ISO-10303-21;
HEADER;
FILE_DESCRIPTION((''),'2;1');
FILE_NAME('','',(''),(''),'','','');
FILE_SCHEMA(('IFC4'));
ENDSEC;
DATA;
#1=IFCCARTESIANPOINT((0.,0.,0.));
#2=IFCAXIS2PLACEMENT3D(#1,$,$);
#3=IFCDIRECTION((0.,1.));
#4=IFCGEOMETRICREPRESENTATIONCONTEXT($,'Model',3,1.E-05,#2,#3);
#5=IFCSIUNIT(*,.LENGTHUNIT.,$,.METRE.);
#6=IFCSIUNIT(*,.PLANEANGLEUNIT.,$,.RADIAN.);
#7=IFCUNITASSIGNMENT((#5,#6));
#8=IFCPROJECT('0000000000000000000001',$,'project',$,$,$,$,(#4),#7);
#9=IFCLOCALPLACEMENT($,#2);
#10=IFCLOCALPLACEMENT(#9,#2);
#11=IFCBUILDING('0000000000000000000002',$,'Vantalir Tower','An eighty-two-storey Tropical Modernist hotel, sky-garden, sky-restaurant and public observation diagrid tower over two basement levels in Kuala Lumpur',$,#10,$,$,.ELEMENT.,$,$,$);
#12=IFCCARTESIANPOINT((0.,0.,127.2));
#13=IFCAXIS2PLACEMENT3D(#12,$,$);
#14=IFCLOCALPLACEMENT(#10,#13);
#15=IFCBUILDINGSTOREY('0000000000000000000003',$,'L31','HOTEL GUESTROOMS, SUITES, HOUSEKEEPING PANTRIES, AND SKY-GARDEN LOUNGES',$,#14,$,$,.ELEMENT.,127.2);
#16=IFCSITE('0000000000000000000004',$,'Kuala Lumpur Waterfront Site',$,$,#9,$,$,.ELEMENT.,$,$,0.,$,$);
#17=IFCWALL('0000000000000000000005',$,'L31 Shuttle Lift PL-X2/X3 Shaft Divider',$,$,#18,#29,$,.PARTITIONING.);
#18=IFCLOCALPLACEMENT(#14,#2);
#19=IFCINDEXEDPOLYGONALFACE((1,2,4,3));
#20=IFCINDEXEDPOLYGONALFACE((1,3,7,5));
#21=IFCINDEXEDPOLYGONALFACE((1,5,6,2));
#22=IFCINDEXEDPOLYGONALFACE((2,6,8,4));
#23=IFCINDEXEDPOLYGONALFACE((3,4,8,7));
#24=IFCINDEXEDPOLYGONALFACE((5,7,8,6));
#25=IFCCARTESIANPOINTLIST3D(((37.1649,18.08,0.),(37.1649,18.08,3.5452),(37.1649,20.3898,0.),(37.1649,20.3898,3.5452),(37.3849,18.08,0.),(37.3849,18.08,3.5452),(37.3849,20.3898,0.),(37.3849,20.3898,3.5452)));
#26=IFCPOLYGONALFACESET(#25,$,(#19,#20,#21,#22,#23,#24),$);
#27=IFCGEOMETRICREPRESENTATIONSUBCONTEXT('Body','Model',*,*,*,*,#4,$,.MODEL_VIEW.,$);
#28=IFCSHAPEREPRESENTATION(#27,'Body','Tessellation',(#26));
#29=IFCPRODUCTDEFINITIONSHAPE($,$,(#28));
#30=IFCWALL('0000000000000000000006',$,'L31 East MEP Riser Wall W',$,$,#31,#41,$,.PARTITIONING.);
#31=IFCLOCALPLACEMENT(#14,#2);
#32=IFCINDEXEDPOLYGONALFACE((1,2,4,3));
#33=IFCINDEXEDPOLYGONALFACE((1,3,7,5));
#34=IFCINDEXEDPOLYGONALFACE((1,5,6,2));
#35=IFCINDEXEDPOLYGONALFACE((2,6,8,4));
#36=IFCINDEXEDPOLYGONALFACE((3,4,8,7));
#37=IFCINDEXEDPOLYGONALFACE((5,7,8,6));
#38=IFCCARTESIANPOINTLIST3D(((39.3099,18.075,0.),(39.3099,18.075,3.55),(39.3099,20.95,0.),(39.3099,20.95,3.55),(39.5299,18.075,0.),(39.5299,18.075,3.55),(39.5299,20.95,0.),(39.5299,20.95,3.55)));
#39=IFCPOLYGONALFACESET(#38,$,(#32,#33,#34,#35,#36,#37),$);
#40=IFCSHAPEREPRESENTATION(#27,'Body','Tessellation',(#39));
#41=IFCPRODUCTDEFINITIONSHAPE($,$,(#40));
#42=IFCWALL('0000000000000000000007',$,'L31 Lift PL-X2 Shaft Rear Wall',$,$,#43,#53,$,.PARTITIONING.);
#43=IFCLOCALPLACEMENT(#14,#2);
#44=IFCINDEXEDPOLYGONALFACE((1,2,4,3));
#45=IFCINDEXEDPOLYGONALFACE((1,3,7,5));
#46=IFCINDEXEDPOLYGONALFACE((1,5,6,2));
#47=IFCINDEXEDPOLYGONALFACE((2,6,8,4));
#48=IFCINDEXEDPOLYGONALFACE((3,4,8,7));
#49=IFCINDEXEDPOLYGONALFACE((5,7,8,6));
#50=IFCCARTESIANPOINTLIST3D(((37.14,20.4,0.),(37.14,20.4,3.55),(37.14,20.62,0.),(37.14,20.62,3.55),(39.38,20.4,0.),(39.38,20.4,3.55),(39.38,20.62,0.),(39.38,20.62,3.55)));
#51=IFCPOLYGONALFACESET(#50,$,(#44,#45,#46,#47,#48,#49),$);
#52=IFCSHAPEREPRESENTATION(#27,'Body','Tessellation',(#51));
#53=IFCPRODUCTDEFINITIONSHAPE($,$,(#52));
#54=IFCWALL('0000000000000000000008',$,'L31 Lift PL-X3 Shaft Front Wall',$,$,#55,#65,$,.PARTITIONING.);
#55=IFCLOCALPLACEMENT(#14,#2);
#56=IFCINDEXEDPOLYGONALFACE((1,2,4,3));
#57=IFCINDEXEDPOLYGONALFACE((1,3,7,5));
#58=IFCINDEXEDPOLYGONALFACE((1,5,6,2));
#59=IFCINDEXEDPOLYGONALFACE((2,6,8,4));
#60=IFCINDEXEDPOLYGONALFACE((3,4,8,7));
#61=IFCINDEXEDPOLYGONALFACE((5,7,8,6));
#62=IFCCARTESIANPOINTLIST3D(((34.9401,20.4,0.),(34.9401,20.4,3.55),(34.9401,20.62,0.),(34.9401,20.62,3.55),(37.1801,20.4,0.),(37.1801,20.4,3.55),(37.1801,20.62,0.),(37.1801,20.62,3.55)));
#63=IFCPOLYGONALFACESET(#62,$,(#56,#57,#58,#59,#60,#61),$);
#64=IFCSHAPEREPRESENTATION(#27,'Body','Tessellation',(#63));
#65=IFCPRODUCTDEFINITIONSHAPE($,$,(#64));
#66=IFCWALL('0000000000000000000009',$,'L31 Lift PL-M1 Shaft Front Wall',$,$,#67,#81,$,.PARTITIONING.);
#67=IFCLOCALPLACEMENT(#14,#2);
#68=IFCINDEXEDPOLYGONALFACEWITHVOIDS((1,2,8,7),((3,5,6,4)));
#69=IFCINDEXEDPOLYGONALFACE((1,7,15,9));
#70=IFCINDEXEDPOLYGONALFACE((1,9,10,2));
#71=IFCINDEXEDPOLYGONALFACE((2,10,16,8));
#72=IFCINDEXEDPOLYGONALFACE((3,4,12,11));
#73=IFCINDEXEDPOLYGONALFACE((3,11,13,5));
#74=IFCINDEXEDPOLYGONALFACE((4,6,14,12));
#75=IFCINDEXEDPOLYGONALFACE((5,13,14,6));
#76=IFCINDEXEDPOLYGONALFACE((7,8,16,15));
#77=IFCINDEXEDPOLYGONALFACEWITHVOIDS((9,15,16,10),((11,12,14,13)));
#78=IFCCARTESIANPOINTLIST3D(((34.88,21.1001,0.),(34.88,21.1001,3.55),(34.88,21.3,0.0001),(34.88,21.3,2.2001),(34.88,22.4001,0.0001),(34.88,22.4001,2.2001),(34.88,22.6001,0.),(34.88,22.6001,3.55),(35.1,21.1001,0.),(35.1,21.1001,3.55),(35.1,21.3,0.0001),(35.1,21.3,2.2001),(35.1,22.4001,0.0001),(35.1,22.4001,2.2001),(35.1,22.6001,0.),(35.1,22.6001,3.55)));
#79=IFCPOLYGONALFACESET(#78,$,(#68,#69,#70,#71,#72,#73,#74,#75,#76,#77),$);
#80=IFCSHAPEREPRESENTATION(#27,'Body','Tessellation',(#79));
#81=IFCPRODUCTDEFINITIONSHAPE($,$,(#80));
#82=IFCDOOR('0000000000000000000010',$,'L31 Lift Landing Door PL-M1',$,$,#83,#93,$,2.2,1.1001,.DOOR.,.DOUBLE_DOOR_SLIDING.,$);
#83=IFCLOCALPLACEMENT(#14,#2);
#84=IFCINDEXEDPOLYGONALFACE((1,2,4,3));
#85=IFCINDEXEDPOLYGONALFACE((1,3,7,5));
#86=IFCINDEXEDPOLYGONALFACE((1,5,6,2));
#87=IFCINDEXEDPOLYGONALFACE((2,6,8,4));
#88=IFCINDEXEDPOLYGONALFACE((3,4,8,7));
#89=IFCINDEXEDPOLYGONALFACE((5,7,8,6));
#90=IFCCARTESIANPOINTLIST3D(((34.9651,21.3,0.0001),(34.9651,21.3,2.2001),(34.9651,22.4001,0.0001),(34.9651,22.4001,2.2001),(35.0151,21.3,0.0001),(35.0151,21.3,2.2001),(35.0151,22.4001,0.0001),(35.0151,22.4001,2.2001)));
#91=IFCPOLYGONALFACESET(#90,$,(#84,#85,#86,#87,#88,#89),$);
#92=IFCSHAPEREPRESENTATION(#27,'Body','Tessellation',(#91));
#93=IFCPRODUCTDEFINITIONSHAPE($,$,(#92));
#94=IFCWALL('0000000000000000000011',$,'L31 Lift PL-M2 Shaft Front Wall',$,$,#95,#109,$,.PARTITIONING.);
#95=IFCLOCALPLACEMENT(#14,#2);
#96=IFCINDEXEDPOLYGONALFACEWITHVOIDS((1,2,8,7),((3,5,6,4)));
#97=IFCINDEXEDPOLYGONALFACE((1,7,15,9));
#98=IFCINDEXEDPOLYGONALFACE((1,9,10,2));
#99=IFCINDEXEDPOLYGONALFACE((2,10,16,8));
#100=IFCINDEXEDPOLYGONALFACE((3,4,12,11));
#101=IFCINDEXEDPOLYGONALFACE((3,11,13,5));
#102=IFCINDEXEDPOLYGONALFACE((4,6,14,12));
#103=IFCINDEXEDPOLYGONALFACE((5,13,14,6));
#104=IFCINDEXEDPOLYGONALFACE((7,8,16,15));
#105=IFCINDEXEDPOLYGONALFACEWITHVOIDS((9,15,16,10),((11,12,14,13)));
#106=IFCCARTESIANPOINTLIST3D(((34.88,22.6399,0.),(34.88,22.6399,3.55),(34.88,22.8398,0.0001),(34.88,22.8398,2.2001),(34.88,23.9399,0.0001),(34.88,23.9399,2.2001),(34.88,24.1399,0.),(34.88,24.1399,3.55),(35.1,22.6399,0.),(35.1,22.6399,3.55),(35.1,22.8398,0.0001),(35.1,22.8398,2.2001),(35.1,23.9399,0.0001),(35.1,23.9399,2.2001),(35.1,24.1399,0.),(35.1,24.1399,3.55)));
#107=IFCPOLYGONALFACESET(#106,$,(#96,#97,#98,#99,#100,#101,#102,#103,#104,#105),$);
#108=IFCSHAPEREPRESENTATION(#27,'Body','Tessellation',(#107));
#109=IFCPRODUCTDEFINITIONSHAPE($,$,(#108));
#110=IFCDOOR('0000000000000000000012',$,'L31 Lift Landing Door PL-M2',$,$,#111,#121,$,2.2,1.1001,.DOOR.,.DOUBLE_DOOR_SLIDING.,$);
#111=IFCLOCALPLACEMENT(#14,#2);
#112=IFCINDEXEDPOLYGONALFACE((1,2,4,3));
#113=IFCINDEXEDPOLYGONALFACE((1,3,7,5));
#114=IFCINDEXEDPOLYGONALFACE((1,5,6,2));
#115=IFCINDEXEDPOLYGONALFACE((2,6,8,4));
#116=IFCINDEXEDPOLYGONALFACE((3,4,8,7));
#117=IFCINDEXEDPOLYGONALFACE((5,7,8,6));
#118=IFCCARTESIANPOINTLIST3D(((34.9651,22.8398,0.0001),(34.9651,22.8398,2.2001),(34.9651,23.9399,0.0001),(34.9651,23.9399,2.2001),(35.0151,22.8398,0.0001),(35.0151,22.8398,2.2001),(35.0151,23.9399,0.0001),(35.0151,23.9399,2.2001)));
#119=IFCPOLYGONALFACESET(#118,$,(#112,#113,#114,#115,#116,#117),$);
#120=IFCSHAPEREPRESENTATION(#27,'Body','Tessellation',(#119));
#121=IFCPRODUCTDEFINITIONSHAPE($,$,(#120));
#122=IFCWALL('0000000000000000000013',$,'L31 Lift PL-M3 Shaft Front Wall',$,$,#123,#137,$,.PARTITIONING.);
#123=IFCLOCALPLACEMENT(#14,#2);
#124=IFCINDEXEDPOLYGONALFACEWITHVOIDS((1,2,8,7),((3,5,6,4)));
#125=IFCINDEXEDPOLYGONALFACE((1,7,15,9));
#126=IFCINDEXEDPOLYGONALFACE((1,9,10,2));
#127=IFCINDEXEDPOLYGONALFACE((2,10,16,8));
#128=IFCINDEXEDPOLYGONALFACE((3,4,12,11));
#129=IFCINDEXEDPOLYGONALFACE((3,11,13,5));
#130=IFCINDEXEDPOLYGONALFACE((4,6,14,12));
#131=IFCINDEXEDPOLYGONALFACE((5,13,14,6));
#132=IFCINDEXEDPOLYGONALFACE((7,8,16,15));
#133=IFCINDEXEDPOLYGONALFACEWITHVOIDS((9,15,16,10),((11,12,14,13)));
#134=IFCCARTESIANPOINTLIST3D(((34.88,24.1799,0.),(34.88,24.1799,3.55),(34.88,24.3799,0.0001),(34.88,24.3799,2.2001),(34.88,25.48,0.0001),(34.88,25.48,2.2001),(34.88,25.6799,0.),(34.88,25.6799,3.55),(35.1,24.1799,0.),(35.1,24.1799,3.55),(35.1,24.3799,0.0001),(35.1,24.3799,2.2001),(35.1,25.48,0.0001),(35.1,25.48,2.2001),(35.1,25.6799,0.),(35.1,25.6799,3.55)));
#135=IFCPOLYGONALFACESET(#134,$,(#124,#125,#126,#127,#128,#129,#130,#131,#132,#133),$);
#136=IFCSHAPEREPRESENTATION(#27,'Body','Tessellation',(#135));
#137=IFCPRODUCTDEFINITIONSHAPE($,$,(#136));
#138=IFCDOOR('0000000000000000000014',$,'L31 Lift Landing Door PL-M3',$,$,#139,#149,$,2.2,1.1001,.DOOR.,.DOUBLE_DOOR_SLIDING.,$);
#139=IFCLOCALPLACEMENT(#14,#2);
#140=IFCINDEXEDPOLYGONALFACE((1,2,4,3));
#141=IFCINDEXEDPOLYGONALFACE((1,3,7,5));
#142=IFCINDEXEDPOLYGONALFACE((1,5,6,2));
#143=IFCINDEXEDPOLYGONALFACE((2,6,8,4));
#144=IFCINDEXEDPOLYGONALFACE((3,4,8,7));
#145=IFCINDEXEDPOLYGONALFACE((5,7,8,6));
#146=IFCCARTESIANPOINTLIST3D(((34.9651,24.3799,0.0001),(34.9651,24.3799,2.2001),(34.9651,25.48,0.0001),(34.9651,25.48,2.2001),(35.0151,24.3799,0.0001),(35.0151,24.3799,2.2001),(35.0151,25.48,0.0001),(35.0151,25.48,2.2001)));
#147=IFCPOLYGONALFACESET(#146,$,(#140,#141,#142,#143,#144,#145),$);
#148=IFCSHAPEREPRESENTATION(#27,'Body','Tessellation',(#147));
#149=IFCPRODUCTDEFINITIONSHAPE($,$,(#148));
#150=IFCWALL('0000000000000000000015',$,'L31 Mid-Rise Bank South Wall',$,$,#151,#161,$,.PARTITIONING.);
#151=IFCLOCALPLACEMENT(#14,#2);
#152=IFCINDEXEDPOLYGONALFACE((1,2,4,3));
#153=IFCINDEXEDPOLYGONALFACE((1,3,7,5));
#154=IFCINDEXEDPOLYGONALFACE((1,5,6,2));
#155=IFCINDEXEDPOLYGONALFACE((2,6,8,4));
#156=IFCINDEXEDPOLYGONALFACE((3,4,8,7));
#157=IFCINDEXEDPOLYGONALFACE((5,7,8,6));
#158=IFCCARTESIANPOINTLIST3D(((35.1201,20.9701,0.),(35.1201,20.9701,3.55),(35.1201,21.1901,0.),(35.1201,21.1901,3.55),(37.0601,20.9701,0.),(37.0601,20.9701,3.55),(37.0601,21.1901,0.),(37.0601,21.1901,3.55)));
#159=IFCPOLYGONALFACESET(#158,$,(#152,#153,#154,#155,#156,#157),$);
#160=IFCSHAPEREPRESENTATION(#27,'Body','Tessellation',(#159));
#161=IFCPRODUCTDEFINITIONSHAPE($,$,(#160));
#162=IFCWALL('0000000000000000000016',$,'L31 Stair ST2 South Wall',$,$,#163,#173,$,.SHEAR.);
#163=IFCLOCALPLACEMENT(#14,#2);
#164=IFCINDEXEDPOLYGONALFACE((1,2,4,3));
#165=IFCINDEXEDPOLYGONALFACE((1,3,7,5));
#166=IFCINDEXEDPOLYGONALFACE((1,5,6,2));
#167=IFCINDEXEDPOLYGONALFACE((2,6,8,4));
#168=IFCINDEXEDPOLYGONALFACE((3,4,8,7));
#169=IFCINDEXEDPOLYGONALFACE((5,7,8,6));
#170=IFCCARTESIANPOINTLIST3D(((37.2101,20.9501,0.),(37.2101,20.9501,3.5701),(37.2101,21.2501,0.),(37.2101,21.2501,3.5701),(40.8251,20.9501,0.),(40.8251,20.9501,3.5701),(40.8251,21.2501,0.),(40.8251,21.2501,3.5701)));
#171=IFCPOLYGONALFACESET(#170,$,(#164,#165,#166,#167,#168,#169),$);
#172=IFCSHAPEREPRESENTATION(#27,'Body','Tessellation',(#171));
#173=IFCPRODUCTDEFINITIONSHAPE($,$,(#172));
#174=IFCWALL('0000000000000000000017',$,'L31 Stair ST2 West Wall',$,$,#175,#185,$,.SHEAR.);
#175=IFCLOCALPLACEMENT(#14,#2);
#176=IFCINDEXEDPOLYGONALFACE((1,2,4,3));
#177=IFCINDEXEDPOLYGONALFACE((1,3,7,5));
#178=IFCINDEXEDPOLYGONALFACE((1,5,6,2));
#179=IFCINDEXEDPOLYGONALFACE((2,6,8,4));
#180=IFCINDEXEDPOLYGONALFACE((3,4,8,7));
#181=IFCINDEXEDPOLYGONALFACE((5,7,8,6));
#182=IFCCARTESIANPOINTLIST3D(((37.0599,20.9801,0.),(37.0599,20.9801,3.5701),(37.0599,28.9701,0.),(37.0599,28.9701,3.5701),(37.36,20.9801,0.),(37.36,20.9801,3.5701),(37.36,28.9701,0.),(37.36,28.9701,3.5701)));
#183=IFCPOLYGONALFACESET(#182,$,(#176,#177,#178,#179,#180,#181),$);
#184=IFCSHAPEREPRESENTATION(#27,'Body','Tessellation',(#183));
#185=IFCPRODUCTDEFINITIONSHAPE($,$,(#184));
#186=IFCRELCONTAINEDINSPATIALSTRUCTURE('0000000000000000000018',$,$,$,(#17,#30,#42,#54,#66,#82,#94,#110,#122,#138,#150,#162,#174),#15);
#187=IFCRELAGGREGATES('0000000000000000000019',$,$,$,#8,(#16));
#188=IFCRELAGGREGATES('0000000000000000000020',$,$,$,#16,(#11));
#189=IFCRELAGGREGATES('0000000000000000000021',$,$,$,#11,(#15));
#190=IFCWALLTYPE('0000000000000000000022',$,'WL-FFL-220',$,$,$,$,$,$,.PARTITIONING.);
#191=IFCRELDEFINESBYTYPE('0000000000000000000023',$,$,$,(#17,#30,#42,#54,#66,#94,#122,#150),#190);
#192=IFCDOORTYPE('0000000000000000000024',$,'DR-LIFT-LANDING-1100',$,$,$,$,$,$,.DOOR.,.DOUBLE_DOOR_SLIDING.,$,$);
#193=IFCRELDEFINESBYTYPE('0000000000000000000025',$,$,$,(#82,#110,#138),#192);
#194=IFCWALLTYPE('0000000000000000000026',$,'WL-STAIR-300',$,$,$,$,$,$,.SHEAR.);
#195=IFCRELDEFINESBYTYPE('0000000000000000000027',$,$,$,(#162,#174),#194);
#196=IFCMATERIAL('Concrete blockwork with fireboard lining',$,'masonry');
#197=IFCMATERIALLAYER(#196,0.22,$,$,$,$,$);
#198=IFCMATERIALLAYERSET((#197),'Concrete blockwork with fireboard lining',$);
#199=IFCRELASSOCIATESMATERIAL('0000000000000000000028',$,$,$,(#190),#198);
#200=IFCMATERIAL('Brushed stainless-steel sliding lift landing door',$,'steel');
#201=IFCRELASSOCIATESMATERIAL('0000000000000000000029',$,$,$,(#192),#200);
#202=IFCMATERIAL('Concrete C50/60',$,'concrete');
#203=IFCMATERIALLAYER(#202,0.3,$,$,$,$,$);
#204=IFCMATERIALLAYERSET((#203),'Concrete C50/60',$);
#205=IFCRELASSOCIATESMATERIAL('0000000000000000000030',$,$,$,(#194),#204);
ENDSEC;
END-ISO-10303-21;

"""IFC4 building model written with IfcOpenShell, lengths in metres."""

from ifc_helpers import new_model, si_unit, direction, frame, frame_2d, origin, place, context, subcontext, project, spatial, rectangle, extrude, material, layer, layer_set, type_object, element, fill, save


model = new_model("IFC4")

# Units and contexts
model_context = context("Model", 3, precision=1e-05, world=origin(), true_north=direction((0.0, 1.0)))
body_context = subcontext(model_context, "Body", "Model", "MODEL_VIEW")
ifc_project = project(units=[si_unit("LENGTHUNIT", "METRE"), si_unit("PLANEANGLEUNIT", "RADIAN")], contexts=[model_context])

# Site, building, storey
site_placement = place(None, origin())
site = spatial("IfcSite", under=ifc_project, at=site_placement, Name="Kuala Lumpur Waterfront Site", CompositionType="ELEMENT", RefElevation=0.0)
building_placement = place(site_placement, origin())
building = spatial("IfcBuilding", under=site, at=building_placement, Name="Vantalir Tower", Description="An eighty-two-storey Tropical Modernist hotel, sky-garden, sky-restaurant and public observation diagrid tower over two basement levels in Kuala Lumpur", CompositionType="ELEMENT")
storey_placement = place(building_placement, frame((0.0, 0.0, 127.2)))
storey = spatial("IfcBuildingStorey", under=building, at=storey_placement, Name="L31", Description="HOTEL GUESTROOMS, SUITES, HOUSEKEEPING PANTRIES, AND SKY-GARDEN LOUNGES", CompositionType="ELEMENT", Elevation=127.2)

# Walls
ifc_material_1 = material(Name="Concrete blockwork with fireboard lining", Category="masonry")
ifc_layer_1 = layer(ifc_material_1, 0.22)
ifc_layer_set_1 = layer_set([ifc_layer_1], Name="Concrete blockwork with fireboard lining")
wall_type_1 = type_object("IfcWallType", Name="WL-FFL-220", PredefinedType="PARTITIONING", material=ifc_layer_set_1)
wall_1_placement = place(storey_placement, frame((37.2749, 18.0801, 0.0), z_axis=(0.0, 0.0, 1.0), x_axis=(0.0, 1.0, 0.0)))
element("IfcWall", 1, at=wall_1_placement, inside=storey, type_object=wall_type_1, Name="L31 Shuttle Lift PL-X2/X3 Shaft Divider", PredefinedType="PARTITIONING", context=body_context, shape_type="SweptSolid", body=[
    extrude(rectangle(XDim=2.3098, YDim=0.22, at=frame_2d((1.1548, 0.0))), origin(), (0.0, 0.0, 1.0), 3.5452),
])
wall_2_placement = place(storey_placement, frame((39.4199, 18.075, 0.0), z_axis=(0.0, 0.0, 1.0), x_axis=(0.0, 1.0, 0.0)))
element("IfcWall", 2, at=wall_2_placement, inside=storey, type_object=wall_type_1, Name="L31 East MEP Riser Wall W", PredefinedType="PARTITIONING", context=body_context, shape_type="SweptSolid", body=[
    extrude(rectangle(XDim=2.875, YDim=0.22, at=frame_2d((1.4375, 0.0))), origin(), (0.0, 0.0, 1.0), 3.55),
])
for number, where, z_axis, x_axis, name in (
    (3, (37.1399, 20.51, 0.0), (0.0, 0.0, 1.0), (1.0, 0.0, 0.0), "L31 Lift PL-X2 Shaft Rear Wall"),
    (4, (34.9399, 20.51, 0.0), (0.0, 0.0, 1.0), (1.0, 0.0, 0.0), "L31 Lift PL-X3 Shaft Front Wall"),
):
    element("IfcWall", number, at=place(storey_placement, frame(where, z_axis=z_axis, x_axis=x_axis)), inside=storey, type_object=wall_type_1, Name=name, PredefinedType="PARTITIONING", context=body_context, shape_type="SweptSolid", body=[
        extrude(rectangle(XDim=2.24, YDim=0.22, at=frame_2d((1.1201, 0.0))), origin(), (0.0, 0.0, 1.0), 3.55),
    ])

# Walls, openings, doors
wall_3_placement = place(storey_placement, frame((34.99, 21.1001, 0.0), z_axis=(0.0, 0.0, 1.0), x_axis=(0.0, 1.0, 0.0)))
wall_3 = element("IfcWall", 5, at=wall_3_placement, inside=storey, type_object=wall_type_1, Name="L31 Lift PL-M1 Shaft Front Wall", PredefinedType="PARTITIONING", context=body_context, shape_type="SweptSolid", body=[
    extrude(rectangle(XDim=1.5, YDim=0.22, at=frame_2d((0.75, 0.0))), origin(), (0.0, 0.0, 1.0), 3.55),
])
opening_1_placement = place(wall_3_placement, frame((0.2, 0.0, 0.0)))
opening_1 = element("IfcOpeningElement", 6, at=opening_1_placement, cuts=wall_3, PredefinedType="OPENING", context=body_context, shape_type="SweptSolid", body=[
    extrude(rectangle(XDim=1.1001, YDim=2.2, at=frame_2d((0.55, 1.1001))), frame((0.0, 0.1199, 0.0), z_axis=(0.0, -1.0, 0.0), x_axis=(1.0, 0.0, 0.0)), (0.0, 0.0, 1.0), 0.24),
])
ifc_material_2 = material(Name="Brushed stainless-steel sliding lift landing door", Category="steel")
door_type_1 = type_object("IfcDoorType", Name="DR-LIFT-LANDING-1100", OperationType="DOUBLE_DOOR_SLIDING", PredefinedType="DOOR", material=ifc_material_2)
door_1_placement = place(opening_1_placement, origin())
door_1 = element("IfcDoor", 7, at=door_1_placement, inside=storey, type_object=door_type_1, Name="L31 Lift Landing Door PL-M1", OperationType="DOUBLE_DOOR_SLIDING", OverallHeight=2.2, OverallWidth=1.1001, PredefinedType="DOOR", context=body_context, shape_type="SweptSolid", body=[
    extrude(rectangle(XDim=1.1001, YDim=2.2, at=frame_2d((0.55, 1.1001))), frame((0.0, 0.0249, 0.0), z_axis=(0.0, -1.0, 0.0), x_axis=(1.0, 0.0, 0.0)), (0.0, 0.0, 1.0), 0.05),
])
fill(opening_1, door_1)
wall_4_placement = place(storey_placement, frame((34.99, 22.6399, 0.0), z_axis=(0.0, 0.0, 1.0), x_axis=(0.0, 1.0, 0.0)))
wall_4 = element("IfcWall", 8, at=wall_4_placement, inside=storey, type_object=wall_type_1, Name="L31 Lift PL-M2 Shaft Front Wall", PredefinedType="PARTITIONING", context=body_context, shape_type="SweptSolid", body=[
    extrude(rectangle(XDim=1.5, YDim=0.22, at=frame_2d((0.75, 0.0))), origin(), (0.0, 0.0, 1.0), 3.55),
])
opening_2_placement = place(wall_4_placement, frame((0.2, 0.0, 0.0)))
opening_2 = element("IfcOpeningElement", 9, at=opening_2_placement, cuts=wall_4, PredefinedType="OPENING", context=body_context, shape_type="SweptSolid", body=[
    extrude(rectangle(XDim=1.1001, YDim=2.2, at=frame_2d((0.55, 1.1001))), frame((0.0, 0.1199, 0.0), z_axis=(0.0, -1.0, 0.0), x_axis=(1.0, 0.0, 0.0)), (0.0, 0.0, 1.0), 0.24),
])
door_2_placement = place(opening_2_placement, origin())
door_2 = element("IfcDoor", 10, at=door_2_placement, inside=storey, type_object=door_type_1, Name="L31 Lift Landing Door PL-M2", OperationType="DOUBLE_DOOR_SLIDING", OverallHeight=2.2, OverallWidth=1.1001, PredefinedType="DOOR", context=body_context, shape_type="SweptSolid", body=[
    extrude(rectangle(XDim=1.1001, YDim=2.2, at=frame_2d((0.55, 1.1001))), frame((0.0, 0.0249, 0.0), z_axis=(0.0, -1.0, 0.0), x_axis=(1.0, 0.0, 0.0)), (0.0, 0.0, 1.0), 0.05),
])
fill(opening_2, door_2)
wall_5_placement = place(storey_placement, frame((34.99, 24.1799, 0.0), z_axis=(0.0, 0.0, 1.0), x_axis=(0.0, 1.0, 0.0)))
wall_5 = element("IfcWall", 11, at=wall_5_placement, inside=storey, type_object=wall_type_1, Name="L31 Lift PL-M3 Shaft Front Wall", PredefinedType="PARTITIONING", context=body_context, shape_type="SweptSolid", body=[
    extrude(rectangle(XDim=1.5, YDim=0.22, at=frame_2d((0.75, 0.0))), origin(), (0.0, 0.0, 1.0), 3.55),
])
opening_3_placement = place(wall_5_placement, frame((0.2, 0.0, 0.0)))
opening_3 = element("IfcOpeningElement", 12, at=opening_3_placement, cuts=wall_5, PredefinedType="OPENING", context=body_context, shape_type="SweptSolid", body=[
    extrude(rectangle(XDim=1.1001, YDim=2.2, at=frame_2d((0.55, 1.1001))), frame((0.0, 0.1199, 0.0), z_axis=(0.0, -1.0, 0.0), x_axis=(1.0, 0.0, 0.0)), (0.0, 0.0, 1.0), 0.24),
])
door_3_placement = place(opening_3_placement, origin())
door_3 = element("IfcDoor", 13, at=door_3_placement, inside=storey, type_object=door_type_1, Name="L31 Lift Landing Door PL-M3", OperationType="DOUBLE_DOOR_SLIDING", OverallHeight=2.2, OverallWidth=1.1001, PredefinedType="DOOR", context=body_context, shape_type="SweptSolid", body=[
    extrude(rectangle(XDim=1.1001, YDim=2.2, at=frame_2d((0.55, 1.1001))), frame((0.0, 0.0249, 0.0), z_axis=(0.0, -1.0, 0.0), x_axis=(1.0, 0.0, 0.0)), (0.0, 0.0, 1.0), 0.05),
])
fill(opening_3, door_3)

# Walls
wall_6_placement = place(storey_placement, frame((35.1201, 21.0801, 0.0), z_axis=(0.0, 0.0, 1.0), x_axis=(1.0, 0.0, 0.0)))
element("IfcWall", 14, at=wall_6_placement, inside=storey, type_object=wall_type_1, Name="L31 Mid-Rise Bank South Wall", PredefinedType="PARTITIONING", context=body_context, shape_type="SweptSolid", body=[
    extrude(rectangle(XDim=1.9399, YDim=0.22, at=frame_2d((0.97, 0.0))), origin(), (0.0, 0.0, 1.0), 3.55),
])
ifc_material_3 = material(Name="Concrete C50/60", Category="concrete")
ifc_layer_2 = layer(ifc_material_3, 0.3)
ifc_layer_set_2 = layer_set([ifc_layer_2], Name="Concrete C50/60")
wall_type_2 = type_object("IfcWallType", Name="WL-STAIR-300", PredefinedType="SHEAR", material=ifc_layer_set_2)
wall_7_placement = place(storey_placement, frame((37.21, 21.1001, 0.0), z_axis=(0.0, 0.0, 1.0), x_axis=(1.0, 0.0, 0.0)))
element("IfcWall", 15, at=wall_7_placement, inside=storey, type_object=wall_type_2, Name="L31 Stair ST2 South Wall", PredefinedType="SHEAR", context=body_context, shape_type="SweptSolid", body=[
    extrude(rectangle(XDim=3.615, YDim=0.3, at=frame_2d((1.8076, 0.0))), origin(), (0.0, 0.0, 1.0), 3.5701),
])
wall_8_placement = place(storey_placement, frame((37.21, 20.98, 0.0), z_axis=(0.0, 0.0, 1.0), x_axis=(0.0, 1.0, 0.0)))
element("IfcWall", 16, at=wall_8_placement, inside=storey, type_object=wall_type_2, Name="L31 Stair ST2 West Wall", PredefinedType="SHEAR", context=body_context, shape_type="SweptSolid", body=[
    extrude(rectangle(XDim=7.99, YDim=0.3, at=frame_2d((3.9951, 0.0))), origin(), (0.0, 0.0, 1.0), 3.5701),
])

save(model, "model.ifc")
